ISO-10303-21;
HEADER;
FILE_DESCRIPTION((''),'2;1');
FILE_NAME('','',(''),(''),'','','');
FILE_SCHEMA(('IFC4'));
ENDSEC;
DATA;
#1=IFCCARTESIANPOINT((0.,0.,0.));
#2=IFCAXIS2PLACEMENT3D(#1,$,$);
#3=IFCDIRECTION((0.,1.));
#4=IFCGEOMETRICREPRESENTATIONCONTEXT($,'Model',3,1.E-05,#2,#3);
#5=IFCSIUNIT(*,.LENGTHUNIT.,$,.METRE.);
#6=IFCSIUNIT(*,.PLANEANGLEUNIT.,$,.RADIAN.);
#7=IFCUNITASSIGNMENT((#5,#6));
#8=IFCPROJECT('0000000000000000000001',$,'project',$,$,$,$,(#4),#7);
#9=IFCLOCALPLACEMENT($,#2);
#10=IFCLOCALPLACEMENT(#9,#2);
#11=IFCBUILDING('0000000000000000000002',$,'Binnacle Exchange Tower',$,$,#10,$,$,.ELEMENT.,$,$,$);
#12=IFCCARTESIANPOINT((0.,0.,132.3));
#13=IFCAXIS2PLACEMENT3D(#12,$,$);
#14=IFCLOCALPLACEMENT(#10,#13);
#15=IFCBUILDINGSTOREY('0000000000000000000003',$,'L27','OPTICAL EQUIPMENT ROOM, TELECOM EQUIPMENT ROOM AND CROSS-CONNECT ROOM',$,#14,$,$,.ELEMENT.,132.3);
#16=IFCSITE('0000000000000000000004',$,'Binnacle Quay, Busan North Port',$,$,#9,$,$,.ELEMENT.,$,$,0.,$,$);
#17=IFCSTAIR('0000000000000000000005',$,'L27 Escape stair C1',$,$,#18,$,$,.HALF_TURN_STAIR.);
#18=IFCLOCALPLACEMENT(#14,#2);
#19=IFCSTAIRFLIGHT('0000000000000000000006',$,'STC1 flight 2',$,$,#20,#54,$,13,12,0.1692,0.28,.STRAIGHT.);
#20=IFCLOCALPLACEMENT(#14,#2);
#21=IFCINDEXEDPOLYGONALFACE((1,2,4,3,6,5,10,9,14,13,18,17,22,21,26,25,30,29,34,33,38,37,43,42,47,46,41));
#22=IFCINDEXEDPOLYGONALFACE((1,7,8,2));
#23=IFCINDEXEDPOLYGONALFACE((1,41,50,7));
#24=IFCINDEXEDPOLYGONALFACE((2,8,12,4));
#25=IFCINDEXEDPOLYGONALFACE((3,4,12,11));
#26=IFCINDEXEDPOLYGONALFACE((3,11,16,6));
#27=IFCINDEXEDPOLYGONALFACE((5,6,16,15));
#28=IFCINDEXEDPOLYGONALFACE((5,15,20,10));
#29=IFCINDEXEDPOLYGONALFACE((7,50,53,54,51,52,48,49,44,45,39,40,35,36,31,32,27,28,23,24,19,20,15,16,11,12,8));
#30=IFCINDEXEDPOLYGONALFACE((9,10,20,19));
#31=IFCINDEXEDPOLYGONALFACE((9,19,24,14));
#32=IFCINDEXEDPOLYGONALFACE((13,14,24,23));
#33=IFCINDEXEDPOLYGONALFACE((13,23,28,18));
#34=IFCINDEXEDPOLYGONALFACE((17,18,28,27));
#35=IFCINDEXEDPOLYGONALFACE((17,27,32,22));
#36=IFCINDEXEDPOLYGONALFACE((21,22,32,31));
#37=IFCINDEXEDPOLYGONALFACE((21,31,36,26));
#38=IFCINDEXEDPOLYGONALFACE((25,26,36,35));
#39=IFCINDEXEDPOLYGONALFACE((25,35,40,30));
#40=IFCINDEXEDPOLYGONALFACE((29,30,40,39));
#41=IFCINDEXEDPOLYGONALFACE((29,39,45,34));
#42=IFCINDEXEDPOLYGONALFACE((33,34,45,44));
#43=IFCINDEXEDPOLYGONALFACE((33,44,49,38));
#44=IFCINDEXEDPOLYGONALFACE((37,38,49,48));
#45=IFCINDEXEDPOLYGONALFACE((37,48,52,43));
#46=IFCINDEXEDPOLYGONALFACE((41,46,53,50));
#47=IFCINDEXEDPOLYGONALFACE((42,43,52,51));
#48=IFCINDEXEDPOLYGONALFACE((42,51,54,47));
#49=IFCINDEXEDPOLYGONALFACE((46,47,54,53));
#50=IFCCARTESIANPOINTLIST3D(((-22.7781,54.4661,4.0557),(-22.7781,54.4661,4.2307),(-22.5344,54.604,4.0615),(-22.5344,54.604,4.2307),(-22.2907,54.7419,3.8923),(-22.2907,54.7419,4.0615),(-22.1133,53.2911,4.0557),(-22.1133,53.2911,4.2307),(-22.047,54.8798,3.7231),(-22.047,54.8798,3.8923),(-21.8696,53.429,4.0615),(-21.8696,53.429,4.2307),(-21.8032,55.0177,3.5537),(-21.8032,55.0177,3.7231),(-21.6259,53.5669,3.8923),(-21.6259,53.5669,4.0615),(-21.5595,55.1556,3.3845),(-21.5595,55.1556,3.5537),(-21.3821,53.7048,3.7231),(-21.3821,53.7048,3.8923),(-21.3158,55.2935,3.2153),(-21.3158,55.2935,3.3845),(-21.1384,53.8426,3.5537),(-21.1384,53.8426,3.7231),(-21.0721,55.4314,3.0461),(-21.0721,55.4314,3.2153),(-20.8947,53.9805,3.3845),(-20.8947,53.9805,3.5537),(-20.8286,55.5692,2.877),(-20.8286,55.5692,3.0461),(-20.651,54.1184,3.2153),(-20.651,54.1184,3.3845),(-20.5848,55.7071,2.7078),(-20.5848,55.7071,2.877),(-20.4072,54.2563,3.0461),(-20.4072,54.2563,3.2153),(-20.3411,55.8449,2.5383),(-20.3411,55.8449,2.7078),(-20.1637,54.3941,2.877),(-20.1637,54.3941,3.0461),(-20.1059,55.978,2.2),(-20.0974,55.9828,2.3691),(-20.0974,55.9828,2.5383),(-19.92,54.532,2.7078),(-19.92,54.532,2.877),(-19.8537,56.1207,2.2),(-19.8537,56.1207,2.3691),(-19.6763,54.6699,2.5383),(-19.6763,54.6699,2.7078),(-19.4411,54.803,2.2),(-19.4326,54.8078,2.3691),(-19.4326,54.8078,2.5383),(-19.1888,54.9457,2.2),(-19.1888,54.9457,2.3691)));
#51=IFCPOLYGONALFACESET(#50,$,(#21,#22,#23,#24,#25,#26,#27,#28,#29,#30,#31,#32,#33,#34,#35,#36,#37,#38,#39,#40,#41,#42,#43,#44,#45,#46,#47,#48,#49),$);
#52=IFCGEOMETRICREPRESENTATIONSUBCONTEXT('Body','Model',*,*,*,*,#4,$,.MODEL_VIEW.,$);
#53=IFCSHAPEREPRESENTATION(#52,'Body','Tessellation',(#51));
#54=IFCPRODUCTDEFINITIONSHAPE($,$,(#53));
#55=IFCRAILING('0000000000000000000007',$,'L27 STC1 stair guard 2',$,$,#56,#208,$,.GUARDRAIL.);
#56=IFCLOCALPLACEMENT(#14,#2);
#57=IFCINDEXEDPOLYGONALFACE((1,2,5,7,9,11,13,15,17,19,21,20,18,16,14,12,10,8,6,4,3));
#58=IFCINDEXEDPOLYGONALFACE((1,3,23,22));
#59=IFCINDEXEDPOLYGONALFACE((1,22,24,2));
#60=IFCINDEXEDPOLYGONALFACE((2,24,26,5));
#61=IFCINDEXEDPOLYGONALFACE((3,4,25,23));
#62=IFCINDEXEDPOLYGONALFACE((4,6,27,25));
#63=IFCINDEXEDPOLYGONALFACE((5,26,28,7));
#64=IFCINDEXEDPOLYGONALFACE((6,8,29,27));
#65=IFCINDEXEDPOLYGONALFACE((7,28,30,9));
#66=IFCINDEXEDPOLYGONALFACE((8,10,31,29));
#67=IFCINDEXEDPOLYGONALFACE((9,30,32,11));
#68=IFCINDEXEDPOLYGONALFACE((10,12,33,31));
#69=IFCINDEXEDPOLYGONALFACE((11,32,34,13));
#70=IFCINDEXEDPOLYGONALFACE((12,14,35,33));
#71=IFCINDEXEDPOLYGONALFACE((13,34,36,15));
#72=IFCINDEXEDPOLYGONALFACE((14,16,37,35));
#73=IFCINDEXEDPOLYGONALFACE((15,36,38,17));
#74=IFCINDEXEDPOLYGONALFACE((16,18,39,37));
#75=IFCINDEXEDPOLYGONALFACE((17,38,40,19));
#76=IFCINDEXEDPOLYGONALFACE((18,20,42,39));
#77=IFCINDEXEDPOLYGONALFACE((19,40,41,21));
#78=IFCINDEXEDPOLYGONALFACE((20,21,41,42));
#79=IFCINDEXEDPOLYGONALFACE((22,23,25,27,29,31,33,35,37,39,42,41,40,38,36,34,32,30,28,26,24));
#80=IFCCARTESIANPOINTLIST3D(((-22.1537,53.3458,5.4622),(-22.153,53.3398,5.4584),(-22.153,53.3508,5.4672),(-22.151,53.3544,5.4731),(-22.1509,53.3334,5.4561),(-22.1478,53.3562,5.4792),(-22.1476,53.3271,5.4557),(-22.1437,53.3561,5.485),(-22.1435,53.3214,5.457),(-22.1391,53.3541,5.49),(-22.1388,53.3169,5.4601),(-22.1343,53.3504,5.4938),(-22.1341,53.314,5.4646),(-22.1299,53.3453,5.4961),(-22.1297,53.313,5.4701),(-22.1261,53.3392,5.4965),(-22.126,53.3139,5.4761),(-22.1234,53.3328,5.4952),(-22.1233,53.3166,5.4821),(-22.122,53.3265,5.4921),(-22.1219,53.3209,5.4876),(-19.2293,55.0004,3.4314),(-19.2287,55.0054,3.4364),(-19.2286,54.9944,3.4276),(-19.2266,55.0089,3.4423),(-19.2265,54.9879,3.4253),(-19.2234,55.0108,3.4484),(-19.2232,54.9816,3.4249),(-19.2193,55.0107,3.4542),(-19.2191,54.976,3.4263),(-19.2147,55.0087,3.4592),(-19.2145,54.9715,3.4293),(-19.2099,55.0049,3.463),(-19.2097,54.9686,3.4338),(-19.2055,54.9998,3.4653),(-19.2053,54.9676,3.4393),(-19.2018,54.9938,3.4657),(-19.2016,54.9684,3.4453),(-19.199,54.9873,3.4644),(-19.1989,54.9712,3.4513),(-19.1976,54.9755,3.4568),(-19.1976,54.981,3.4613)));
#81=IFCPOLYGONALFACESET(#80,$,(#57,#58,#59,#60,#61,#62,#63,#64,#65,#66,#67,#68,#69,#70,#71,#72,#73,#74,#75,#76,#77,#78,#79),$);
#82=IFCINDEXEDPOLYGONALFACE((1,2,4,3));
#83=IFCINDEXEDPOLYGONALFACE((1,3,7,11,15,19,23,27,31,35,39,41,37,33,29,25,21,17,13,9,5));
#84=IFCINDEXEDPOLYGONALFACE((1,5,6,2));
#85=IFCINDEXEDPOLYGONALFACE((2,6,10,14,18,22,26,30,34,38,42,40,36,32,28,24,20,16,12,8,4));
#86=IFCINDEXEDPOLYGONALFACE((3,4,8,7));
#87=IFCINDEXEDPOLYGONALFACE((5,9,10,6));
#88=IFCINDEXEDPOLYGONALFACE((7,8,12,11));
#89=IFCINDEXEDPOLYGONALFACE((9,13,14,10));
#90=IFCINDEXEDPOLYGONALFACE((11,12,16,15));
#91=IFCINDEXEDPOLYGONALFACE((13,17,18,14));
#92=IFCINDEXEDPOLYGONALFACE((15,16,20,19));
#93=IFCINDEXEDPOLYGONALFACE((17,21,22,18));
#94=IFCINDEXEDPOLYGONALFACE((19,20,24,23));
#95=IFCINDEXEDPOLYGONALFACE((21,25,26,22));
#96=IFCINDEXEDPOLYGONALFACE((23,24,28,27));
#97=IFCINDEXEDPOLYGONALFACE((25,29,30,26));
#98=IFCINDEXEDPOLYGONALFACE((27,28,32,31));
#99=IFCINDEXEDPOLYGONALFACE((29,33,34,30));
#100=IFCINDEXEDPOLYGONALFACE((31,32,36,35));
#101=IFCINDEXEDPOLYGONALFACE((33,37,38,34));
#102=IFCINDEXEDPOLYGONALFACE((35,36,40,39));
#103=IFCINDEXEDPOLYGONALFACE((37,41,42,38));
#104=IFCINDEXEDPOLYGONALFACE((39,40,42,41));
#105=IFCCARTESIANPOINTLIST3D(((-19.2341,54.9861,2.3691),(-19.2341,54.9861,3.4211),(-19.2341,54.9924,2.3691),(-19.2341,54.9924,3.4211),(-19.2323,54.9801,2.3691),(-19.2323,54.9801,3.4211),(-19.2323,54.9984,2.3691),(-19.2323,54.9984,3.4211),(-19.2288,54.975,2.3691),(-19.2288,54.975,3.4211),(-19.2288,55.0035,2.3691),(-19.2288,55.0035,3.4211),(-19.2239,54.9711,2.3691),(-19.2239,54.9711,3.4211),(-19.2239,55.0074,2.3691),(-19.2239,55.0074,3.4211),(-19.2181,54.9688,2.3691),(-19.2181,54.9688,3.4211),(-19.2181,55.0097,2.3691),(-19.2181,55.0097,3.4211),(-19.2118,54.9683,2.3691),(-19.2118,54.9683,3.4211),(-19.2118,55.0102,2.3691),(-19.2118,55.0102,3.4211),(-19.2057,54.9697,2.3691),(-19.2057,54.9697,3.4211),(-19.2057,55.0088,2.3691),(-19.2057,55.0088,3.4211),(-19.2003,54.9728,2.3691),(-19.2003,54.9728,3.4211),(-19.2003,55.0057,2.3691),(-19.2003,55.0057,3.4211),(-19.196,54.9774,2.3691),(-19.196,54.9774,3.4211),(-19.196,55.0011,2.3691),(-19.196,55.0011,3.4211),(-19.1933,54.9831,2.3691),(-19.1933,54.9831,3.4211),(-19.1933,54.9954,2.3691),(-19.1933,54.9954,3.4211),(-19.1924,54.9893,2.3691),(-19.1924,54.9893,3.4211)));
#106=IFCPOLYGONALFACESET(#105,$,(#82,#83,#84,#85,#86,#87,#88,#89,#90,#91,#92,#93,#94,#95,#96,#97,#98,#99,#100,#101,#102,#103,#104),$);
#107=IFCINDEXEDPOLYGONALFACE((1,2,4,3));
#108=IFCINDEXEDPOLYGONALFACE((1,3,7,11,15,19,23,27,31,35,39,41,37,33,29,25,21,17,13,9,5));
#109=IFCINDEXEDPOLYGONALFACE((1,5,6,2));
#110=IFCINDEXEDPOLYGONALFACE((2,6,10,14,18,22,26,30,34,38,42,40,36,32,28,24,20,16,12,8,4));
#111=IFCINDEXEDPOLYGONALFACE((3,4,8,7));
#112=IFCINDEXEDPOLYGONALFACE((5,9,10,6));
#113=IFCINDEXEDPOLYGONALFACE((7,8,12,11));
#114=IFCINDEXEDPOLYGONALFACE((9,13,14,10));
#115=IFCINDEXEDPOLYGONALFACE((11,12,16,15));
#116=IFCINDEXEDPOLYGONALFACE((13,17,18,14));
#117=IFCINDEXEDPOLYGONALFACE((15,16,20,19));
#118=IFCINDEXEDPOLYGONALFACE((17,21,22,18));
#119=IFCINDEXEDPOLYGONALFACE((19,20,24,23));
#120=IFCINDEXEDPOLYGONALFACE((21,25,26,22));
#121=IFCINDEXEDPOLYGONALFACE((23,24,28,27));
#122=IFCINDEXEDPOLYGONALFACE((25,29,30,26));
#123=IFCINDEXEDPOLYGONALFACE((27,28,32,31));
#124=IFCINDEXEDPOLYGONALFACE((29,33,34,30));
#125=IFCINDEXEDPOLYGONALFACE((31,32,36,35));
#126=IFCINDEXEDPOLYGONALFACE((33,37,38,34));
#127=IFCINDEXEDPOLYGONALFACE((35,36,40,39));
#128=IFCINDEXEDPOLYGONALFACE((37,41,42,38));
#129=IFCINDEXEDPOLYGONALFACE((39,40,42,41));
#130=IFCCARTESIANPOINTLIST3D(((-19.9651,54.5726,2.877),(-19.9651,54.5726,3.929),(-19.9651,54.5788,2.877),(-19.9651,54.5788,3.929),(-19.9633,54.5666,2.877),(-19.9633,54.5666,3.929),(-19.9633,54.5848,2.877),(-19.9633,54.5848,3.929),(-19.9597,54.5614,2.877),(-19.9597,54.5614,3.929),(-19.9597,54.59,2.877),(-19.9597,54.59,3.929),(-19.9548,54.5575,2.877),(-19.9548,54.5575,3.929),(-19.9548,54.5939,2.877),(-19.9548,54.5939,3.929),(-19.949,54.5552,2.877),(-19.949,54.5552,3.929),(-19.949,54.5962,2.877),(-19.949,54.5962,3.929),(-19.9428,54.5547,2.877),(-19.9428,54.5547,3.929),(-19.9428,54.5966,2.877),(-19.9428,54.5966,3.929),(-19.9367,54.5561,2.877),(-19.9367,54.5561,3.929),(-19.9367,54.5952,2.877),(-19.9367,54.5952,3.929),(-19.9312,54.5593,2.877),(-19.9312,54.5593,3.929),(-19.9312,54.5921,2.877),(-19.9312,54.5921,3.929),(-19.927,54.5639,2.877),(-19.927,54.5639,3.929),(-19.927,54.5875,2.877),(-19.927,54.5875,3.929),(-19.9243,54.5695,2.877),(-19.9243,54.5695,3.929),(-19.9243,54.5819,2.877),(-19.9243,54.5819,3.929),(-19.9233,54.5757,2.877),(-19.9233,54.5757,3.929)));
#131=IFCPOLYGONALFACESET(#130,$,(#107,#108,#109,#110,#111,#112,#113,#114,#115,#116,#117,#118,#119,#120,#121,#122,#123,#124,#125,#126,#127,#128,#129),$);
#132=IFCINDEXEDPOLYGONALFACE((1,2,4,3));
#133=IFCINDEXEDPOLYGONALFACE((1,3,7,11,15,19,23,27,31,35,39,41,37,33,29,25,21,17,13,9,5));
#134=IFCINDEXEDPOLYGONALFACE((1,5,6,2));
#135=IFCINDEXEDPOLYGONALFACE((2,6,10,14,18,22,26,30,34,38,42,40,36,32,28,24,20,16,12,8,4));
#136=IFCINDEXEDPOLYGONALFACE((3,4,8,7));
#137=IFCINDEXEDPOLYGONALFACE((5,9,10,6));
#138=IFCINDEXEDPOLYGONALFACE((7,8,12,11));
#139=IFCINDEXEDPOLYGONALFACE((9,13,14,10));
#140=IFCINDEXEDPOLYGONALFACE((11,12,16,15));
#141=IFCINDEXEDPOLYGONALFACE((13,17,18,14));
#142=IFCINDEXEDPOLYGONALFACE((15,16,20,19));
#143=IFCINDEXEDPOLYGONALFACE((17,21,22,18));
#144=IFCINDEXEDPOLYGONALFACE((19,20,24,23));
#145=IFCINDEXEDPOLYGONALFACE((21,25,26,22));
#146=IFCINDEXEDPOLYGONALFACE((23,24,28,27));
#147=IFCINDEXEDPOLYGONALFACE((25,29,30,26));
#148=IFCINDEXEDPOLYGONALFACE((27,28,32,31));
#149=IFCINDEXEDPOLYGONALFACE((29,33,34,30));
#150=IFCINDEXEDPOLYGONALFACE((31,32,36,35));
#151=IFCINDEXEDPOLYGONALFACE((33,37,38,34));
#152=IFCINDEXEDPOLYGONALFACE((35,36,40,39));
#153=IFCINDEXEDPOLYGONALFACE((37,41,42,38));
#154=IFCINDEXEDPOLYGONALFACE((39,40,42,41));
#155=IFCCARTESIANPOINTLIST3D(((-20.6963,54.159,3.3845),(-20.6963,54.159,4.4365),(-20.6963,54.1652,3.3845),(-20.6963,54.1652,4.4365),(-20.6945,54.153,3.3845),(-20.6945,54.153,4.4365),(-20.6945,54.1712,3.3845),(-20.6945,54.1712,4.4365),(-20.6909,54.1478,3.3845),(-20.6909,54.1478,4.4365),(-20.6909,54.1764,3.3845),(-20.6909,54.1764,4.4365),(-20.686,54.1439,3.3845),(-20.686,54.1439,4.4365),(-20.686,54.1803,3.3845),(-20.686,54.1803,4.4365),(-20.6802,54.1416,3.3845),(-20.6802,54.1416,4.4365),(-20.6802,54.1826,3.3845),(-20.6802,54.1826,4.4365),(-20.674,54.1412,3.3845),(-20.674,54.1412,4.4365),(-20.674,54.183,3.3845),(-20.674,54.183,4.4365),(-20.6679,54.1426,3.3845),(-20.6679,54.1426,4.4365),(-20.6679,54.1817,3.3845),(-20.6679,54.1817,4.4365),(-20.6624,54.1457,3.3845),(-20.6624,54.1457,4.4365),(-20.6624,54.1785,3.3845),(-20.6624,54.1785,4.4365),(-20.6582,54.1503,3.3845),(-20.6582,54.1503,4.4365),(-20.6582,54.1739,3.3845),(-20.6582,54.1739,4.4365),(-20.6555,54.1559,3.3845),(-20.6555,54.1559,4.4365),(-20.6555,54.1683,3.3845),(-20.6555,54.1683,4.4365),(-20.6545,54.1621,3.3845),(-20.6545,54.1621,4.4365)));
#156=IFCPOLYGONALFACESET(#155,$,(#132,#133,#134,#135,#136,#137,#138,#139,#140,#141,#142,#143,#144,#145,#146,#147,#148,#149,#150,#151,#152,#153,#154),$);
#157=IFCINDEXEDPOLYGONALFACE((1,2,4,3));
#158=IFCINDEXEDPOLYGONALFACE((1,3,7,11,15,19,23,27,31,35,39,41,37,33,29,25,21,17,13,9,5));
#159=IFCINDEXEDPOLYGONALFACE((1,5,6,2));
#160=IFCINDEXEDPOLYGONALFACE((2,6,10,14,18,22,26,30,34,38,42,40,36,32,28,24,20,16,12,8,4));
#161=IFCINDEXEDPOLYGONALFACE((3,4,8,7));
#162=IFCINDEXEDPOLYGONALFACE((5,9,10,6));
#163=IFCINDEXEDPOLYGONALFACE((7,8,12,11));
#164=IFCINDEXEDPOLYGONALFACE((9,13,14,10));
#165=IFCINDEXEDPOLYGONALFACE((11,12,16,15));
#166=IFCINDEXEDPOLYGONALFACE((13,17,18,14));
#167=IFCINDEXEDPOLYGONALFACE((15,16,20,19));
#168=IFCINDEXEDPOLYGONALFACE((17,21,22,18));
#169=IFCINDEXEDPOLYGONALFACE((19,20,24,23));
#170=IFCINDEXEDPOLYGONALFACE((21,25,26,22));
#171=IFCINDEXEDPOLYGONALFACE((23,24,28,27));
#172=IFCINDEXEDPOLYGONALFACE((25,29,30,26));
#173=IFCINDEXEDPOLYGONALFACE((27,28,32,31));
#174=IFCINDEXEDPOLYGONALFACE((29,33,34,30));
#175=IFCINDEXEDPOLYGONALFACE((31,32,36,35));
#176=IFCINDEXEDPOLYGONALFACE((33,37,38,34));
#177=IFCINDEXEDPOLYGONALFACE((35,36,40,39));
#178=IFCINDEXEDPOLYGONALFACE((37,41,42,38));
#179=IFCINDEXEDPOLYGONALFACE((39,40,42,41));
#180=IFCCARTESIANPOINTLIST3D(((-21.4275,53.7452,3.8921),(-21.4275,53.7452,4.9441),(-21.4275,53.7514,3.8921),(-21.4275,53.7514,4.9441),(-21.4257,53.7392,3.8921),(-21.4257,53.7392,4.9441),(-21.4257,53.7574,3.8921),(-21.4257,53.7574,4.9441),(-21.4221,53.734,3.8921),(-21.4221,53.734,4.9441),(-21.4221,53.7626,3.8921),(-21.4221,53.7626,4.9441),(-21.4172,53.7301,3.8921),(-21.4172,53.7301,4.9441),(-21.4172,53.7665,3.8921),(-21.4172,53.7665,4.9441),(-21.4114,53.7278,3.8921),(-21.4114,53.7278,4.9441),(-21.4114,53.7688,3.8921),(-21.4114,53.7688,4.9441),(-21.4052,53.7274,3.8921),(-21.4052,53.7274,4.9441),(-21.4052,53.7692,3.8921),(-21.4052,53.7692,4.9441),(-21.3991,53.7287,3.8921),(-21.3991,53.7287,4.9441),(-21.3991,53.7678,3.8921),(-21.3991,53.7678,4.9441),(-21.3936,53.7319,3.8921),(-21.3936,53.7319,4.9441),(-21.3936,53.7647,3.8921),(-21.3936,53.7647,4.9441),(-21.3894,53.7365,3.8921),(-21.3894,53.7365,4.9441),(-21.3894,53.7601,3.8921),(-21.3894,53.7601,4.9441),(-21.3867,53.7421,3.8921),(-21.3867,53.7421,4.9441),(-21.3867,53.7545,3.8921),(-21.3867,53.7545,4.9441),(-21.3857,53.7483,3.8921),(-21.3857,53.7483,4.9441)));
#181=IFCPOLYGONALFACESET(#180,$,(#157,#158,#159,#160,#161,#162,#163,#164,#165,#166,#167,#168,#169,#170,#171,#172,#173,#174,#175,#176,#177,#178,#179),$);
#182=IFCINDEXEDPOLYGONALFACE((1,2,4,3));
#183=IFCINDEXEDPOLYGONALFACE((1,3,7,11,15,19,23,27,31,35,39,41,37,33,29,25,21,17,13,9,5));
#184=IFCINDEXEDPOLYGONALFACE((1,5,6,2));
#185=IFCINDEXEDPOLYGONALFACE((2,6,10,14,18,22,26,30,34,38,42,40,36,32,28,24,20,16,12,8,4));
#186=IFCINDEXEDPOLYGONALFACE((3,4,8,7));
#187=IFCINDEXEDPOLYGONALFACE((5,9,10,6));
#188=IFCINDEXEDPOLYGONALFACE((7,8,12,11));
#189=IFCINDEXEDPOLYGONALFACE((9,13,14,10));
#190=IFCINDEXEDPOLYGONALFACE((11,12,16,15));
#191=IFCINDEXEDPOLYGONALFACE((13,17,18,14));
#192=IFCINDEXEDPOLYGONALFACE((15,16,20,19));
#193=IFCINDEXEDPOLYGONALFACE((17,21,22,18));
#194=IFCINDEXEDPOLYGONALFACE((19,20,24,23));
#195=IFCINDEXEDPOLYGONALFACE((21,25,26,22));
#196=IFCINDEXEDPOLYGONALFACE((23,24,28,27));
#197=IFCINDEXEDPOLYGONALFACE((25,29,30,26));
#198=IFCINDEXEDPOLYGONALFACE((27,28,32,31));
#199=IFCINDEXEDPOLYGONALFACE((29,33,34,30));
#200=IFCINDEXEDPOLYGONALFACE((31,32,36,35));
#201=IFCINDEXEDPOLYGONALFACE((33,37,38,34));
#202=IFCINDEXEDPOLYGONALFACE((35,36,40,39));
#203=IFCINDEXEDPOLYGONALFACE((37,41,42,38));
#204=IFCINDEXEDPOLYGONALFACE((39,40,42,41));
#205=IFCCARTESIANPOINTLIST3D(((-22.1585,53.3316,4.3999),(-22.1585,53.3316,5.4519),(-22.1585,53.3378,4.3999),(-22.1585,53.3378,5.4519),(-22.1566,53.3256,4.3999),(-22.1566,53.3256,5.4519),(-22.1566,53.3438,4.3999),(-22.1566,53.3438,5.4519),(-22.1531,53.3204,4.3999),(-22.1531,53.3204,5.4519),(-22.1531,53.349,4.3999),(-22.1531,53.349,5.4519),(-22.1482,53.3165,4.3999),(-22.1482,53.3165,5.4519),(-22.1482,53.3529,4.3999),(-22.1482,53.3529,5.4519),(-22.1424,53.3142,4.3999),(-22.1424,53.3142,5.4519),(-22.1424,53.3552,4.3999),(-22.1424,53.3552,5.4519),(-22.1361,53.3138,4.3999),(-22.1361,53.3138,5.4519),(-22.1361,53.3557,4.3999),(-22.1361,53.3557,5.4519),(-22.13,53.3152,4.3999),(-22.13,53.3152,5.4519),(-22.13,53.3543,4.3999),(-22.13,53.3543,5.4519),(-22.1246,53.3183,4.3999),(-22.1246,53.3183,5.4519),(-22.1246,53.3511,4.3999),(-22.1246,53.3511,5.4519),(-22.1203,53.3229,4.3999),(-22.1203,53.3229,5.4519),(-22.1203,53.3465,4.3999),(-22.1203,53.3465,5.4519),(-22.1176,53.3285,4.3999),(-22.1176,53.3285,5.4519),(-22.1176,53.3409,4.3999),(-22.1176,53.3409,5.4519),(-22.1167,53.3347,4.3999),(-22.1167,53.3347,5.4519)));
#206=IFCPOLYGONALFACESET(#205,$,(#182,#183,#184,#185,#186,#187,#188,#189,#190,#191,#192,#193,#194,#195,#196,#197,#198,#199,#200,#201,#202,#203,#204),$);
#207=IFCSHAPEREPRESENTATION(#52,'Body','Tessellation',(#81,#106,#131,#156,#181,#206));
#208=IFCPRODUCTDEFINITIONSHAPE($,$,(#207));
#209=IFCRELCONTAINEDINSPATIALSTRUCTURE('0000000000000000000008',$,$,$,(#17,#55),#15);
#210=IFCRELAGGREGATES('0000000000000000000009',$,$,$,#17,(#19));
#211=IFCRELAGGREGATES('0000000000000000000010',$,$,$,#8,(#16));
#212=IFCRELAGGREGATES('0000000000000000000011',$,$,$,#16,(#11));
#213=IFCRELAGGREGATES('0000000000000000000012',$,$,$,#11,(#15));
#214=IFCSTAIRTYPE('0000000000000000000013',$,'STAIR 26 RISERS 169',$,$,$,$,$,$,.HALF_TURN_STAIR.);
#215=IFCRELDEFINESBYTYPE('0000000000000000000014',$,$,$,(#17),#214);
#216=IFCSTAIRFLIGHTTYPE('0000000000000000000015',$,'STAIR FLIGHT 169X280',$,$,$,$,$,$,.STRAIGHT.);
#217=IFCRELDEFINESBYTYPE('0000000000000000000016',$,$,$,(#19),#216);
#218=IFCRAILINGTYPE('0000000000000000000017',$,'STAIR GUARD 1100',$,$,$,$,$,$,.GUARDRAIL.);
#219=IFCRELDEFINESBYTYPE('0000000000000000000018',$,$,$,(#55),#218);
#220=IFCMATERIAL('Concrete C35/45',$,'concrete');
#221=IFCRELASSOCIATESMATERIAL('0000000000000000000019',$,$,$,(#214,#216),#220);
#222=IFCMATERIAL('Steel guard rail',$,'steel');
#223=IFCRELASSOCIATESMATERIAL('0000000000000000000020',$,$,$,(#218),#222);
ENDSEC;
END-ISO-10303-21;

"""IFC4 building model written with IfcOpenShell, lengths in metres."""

from ifc_helpers import new_model, si_unit, direction, frame, origin, origin_2d, place, context, subcontext, project, spatial, polyline, circle, outline, extrude, material, type_object, element, aggregate, save


model = new_model("IFC4")

# Units and contexts
model_context = context("Model", 3, precision=1e-05, world=origin(), true_north=direction((0.0, 1.0)))
body_context = subcontext(model_context, "Body", "Model", "MODEL_VIEW")
ifc_project = project(units=[si_unit("LENGTHUNIT", "METRE"), si_unit("PLANEANGLEUNIT", "RADIAN")], contexts=[model_context])

# Site, building, storey
site_placement = place(None, origin())
site = spatial("IfcSite", under=ifc_project, at=site_placement, Name="Binnacle Quay, Busan North Port", CompositionType="ELEMENT", RefElevation=0.0)
building_placement = place(site_placement, origin())
building = spatial("IfcBuilding", under=site, at=building_placement, Name="Binnacle Exchange Tower", CompositionType="ELEMENT")
storey_placement = place(building_placement, frame((0.0, 0.0, 132.3)))
storey = spatial("IfcBuildingStorey", under=building, at=storey_placement, Name="L27", Description="OPTICAL EQUIPMENT ROOM, TELECOM EQUIPMENT ROOM AND CROSS-CONNECT ROOM", CompositionType="ELEMENT", Elevation=132.3)

# Stair, stair flight
ifc_material_1 = material(Name="Concrete C35/45", Category="concrete")
stair_type = type_object("IfcStairType", Name="STAIR 26 RISERS 169", PredefinedType="HALF_TURN_STAIR", material=ifc_material_1)
stair_placement = place(storey_placement, origin())
stair = element("IfcStair", 1, at=stair_placement, inside=storey, type_object=stair_type, Name="L27 Escape stair C1", PredefinedType="HALF_TURN_STAIR")
stair_flight_type = type_object("IfcStairFlightType", Name="STAIR FLIGHT 169X280", PredefinedType="STRAIGHT", material=ifc_material_1)
stair_flight_placement = place(storey_placement, frame((-19.5212, 55.5332, 2.2), z_axis=(0.0, 0.0, 1.0), x_axis=(-0.870356, -0.492424, 0.0)))
stair_flight = element("IfcStairFlight", 2, at=stair_flight_placement, type_object=stair_flight_type, Name="STC1 flight 2", NumberOfRisers=13, NumberOfTreads=12, PredefinedType="STRAIGHT", RiserHeight=0.1692, TreadLength=0.28, context=body_context, shape_type="SweptSolid", body=[
    extrude(outline(polyline([(0.0, 0.0), (0.0, 0.1692), (0.28, 0.1692), (0.28, 0.3384), (0.5601, 0.3384), (0.5601, 0.5078), (0.8401, 0.5078), (0.8401, 0.677), (1.1201, 0.677), (1.1201, 0.8462), (1.3999, 0.8462), (1.3999, 1.0154), (1.6799, 1.0154), (1.6799, 1.1846), (1.96, 1.1846), (1.96, 1.3538), (2.24, 1.3538), (2.24, 1.5232), (2.52, 1.5232), (2.52, 1.6924), (2.8, 1.6924), (2.8, 1.8616), (3.0801, 1.8616), (3.0801, 2.0308), (3.3601, 2.0308), (3.3601, 2.2), (3.3601, 1.8557), (0.2898, 0.0), (0.0, 0.0)])), frame((0.0, 0.675, 0.0), z_axis=(0.0, -1.0, 0.0), x_axis=(1.0, 0.0, 0.0)), (0.0, 0.0, 1.0), 1.3501),
])
aggregate(stair, [stair_flight])

# Railing
ifc_material_2 = material(Name="Steel guard rail", Category="steel")
railing_type = type_object("IfcRailingType", Name="STAIR GUARD 1100", PredefinedType="GUARDRAIL", material=ifc_material_2)
railing_placement = place(storey_placement, frame((-19.2134, 54.9893, 2.3691)))
element("IfcRailing", 3, at=railing_placement, inside=storey, type_object=railing_type, Name="L27 STC1 stair guard 2", PredefinedType="GUARDRAIL", context=body_context, shape_type="SweptSolid", body=[
    extrude(circle(Radius=0.0239, at=origin_2d()), frame((0.0, 0.0, 1.0762), z_axis=(-0.744867, -0.421437, 0.517266), x_axis=(0.492433, -0.87035, 0.0)), (0.0, 0.0, 1.0), 3.926),
    extrude(circle(Radius=0.021, at=origin_2d()), origin(), (0.0, 0.0, 1.0), 1.052),
    extrude(circle(Radius=0.021, at=origin_2d()), frame((-0.731, -0.4136, 0.5078)), (0.0, 0.0, 1.0), 1.052),
    extrude(circle(Radius=0.021, at=origin_2d()), frame((-1.4622, -0.8271, 1.0154)), (0.0, 0.0, 1.0), 1.052),
    extrude(circle(Radius=0.021, at=origin_2d()), frame((-2.1934, -1.241, 1.5229)), (0.0, 0.0, 1.0), 1.052),
    extrude(circle(Radius=0.021, at=origin_2d()), frame((-2.9243, -1.6545, 2.0308)), (0.0, 0.0, 1.0), 1.052),
])

save(model, "model.ifc")
